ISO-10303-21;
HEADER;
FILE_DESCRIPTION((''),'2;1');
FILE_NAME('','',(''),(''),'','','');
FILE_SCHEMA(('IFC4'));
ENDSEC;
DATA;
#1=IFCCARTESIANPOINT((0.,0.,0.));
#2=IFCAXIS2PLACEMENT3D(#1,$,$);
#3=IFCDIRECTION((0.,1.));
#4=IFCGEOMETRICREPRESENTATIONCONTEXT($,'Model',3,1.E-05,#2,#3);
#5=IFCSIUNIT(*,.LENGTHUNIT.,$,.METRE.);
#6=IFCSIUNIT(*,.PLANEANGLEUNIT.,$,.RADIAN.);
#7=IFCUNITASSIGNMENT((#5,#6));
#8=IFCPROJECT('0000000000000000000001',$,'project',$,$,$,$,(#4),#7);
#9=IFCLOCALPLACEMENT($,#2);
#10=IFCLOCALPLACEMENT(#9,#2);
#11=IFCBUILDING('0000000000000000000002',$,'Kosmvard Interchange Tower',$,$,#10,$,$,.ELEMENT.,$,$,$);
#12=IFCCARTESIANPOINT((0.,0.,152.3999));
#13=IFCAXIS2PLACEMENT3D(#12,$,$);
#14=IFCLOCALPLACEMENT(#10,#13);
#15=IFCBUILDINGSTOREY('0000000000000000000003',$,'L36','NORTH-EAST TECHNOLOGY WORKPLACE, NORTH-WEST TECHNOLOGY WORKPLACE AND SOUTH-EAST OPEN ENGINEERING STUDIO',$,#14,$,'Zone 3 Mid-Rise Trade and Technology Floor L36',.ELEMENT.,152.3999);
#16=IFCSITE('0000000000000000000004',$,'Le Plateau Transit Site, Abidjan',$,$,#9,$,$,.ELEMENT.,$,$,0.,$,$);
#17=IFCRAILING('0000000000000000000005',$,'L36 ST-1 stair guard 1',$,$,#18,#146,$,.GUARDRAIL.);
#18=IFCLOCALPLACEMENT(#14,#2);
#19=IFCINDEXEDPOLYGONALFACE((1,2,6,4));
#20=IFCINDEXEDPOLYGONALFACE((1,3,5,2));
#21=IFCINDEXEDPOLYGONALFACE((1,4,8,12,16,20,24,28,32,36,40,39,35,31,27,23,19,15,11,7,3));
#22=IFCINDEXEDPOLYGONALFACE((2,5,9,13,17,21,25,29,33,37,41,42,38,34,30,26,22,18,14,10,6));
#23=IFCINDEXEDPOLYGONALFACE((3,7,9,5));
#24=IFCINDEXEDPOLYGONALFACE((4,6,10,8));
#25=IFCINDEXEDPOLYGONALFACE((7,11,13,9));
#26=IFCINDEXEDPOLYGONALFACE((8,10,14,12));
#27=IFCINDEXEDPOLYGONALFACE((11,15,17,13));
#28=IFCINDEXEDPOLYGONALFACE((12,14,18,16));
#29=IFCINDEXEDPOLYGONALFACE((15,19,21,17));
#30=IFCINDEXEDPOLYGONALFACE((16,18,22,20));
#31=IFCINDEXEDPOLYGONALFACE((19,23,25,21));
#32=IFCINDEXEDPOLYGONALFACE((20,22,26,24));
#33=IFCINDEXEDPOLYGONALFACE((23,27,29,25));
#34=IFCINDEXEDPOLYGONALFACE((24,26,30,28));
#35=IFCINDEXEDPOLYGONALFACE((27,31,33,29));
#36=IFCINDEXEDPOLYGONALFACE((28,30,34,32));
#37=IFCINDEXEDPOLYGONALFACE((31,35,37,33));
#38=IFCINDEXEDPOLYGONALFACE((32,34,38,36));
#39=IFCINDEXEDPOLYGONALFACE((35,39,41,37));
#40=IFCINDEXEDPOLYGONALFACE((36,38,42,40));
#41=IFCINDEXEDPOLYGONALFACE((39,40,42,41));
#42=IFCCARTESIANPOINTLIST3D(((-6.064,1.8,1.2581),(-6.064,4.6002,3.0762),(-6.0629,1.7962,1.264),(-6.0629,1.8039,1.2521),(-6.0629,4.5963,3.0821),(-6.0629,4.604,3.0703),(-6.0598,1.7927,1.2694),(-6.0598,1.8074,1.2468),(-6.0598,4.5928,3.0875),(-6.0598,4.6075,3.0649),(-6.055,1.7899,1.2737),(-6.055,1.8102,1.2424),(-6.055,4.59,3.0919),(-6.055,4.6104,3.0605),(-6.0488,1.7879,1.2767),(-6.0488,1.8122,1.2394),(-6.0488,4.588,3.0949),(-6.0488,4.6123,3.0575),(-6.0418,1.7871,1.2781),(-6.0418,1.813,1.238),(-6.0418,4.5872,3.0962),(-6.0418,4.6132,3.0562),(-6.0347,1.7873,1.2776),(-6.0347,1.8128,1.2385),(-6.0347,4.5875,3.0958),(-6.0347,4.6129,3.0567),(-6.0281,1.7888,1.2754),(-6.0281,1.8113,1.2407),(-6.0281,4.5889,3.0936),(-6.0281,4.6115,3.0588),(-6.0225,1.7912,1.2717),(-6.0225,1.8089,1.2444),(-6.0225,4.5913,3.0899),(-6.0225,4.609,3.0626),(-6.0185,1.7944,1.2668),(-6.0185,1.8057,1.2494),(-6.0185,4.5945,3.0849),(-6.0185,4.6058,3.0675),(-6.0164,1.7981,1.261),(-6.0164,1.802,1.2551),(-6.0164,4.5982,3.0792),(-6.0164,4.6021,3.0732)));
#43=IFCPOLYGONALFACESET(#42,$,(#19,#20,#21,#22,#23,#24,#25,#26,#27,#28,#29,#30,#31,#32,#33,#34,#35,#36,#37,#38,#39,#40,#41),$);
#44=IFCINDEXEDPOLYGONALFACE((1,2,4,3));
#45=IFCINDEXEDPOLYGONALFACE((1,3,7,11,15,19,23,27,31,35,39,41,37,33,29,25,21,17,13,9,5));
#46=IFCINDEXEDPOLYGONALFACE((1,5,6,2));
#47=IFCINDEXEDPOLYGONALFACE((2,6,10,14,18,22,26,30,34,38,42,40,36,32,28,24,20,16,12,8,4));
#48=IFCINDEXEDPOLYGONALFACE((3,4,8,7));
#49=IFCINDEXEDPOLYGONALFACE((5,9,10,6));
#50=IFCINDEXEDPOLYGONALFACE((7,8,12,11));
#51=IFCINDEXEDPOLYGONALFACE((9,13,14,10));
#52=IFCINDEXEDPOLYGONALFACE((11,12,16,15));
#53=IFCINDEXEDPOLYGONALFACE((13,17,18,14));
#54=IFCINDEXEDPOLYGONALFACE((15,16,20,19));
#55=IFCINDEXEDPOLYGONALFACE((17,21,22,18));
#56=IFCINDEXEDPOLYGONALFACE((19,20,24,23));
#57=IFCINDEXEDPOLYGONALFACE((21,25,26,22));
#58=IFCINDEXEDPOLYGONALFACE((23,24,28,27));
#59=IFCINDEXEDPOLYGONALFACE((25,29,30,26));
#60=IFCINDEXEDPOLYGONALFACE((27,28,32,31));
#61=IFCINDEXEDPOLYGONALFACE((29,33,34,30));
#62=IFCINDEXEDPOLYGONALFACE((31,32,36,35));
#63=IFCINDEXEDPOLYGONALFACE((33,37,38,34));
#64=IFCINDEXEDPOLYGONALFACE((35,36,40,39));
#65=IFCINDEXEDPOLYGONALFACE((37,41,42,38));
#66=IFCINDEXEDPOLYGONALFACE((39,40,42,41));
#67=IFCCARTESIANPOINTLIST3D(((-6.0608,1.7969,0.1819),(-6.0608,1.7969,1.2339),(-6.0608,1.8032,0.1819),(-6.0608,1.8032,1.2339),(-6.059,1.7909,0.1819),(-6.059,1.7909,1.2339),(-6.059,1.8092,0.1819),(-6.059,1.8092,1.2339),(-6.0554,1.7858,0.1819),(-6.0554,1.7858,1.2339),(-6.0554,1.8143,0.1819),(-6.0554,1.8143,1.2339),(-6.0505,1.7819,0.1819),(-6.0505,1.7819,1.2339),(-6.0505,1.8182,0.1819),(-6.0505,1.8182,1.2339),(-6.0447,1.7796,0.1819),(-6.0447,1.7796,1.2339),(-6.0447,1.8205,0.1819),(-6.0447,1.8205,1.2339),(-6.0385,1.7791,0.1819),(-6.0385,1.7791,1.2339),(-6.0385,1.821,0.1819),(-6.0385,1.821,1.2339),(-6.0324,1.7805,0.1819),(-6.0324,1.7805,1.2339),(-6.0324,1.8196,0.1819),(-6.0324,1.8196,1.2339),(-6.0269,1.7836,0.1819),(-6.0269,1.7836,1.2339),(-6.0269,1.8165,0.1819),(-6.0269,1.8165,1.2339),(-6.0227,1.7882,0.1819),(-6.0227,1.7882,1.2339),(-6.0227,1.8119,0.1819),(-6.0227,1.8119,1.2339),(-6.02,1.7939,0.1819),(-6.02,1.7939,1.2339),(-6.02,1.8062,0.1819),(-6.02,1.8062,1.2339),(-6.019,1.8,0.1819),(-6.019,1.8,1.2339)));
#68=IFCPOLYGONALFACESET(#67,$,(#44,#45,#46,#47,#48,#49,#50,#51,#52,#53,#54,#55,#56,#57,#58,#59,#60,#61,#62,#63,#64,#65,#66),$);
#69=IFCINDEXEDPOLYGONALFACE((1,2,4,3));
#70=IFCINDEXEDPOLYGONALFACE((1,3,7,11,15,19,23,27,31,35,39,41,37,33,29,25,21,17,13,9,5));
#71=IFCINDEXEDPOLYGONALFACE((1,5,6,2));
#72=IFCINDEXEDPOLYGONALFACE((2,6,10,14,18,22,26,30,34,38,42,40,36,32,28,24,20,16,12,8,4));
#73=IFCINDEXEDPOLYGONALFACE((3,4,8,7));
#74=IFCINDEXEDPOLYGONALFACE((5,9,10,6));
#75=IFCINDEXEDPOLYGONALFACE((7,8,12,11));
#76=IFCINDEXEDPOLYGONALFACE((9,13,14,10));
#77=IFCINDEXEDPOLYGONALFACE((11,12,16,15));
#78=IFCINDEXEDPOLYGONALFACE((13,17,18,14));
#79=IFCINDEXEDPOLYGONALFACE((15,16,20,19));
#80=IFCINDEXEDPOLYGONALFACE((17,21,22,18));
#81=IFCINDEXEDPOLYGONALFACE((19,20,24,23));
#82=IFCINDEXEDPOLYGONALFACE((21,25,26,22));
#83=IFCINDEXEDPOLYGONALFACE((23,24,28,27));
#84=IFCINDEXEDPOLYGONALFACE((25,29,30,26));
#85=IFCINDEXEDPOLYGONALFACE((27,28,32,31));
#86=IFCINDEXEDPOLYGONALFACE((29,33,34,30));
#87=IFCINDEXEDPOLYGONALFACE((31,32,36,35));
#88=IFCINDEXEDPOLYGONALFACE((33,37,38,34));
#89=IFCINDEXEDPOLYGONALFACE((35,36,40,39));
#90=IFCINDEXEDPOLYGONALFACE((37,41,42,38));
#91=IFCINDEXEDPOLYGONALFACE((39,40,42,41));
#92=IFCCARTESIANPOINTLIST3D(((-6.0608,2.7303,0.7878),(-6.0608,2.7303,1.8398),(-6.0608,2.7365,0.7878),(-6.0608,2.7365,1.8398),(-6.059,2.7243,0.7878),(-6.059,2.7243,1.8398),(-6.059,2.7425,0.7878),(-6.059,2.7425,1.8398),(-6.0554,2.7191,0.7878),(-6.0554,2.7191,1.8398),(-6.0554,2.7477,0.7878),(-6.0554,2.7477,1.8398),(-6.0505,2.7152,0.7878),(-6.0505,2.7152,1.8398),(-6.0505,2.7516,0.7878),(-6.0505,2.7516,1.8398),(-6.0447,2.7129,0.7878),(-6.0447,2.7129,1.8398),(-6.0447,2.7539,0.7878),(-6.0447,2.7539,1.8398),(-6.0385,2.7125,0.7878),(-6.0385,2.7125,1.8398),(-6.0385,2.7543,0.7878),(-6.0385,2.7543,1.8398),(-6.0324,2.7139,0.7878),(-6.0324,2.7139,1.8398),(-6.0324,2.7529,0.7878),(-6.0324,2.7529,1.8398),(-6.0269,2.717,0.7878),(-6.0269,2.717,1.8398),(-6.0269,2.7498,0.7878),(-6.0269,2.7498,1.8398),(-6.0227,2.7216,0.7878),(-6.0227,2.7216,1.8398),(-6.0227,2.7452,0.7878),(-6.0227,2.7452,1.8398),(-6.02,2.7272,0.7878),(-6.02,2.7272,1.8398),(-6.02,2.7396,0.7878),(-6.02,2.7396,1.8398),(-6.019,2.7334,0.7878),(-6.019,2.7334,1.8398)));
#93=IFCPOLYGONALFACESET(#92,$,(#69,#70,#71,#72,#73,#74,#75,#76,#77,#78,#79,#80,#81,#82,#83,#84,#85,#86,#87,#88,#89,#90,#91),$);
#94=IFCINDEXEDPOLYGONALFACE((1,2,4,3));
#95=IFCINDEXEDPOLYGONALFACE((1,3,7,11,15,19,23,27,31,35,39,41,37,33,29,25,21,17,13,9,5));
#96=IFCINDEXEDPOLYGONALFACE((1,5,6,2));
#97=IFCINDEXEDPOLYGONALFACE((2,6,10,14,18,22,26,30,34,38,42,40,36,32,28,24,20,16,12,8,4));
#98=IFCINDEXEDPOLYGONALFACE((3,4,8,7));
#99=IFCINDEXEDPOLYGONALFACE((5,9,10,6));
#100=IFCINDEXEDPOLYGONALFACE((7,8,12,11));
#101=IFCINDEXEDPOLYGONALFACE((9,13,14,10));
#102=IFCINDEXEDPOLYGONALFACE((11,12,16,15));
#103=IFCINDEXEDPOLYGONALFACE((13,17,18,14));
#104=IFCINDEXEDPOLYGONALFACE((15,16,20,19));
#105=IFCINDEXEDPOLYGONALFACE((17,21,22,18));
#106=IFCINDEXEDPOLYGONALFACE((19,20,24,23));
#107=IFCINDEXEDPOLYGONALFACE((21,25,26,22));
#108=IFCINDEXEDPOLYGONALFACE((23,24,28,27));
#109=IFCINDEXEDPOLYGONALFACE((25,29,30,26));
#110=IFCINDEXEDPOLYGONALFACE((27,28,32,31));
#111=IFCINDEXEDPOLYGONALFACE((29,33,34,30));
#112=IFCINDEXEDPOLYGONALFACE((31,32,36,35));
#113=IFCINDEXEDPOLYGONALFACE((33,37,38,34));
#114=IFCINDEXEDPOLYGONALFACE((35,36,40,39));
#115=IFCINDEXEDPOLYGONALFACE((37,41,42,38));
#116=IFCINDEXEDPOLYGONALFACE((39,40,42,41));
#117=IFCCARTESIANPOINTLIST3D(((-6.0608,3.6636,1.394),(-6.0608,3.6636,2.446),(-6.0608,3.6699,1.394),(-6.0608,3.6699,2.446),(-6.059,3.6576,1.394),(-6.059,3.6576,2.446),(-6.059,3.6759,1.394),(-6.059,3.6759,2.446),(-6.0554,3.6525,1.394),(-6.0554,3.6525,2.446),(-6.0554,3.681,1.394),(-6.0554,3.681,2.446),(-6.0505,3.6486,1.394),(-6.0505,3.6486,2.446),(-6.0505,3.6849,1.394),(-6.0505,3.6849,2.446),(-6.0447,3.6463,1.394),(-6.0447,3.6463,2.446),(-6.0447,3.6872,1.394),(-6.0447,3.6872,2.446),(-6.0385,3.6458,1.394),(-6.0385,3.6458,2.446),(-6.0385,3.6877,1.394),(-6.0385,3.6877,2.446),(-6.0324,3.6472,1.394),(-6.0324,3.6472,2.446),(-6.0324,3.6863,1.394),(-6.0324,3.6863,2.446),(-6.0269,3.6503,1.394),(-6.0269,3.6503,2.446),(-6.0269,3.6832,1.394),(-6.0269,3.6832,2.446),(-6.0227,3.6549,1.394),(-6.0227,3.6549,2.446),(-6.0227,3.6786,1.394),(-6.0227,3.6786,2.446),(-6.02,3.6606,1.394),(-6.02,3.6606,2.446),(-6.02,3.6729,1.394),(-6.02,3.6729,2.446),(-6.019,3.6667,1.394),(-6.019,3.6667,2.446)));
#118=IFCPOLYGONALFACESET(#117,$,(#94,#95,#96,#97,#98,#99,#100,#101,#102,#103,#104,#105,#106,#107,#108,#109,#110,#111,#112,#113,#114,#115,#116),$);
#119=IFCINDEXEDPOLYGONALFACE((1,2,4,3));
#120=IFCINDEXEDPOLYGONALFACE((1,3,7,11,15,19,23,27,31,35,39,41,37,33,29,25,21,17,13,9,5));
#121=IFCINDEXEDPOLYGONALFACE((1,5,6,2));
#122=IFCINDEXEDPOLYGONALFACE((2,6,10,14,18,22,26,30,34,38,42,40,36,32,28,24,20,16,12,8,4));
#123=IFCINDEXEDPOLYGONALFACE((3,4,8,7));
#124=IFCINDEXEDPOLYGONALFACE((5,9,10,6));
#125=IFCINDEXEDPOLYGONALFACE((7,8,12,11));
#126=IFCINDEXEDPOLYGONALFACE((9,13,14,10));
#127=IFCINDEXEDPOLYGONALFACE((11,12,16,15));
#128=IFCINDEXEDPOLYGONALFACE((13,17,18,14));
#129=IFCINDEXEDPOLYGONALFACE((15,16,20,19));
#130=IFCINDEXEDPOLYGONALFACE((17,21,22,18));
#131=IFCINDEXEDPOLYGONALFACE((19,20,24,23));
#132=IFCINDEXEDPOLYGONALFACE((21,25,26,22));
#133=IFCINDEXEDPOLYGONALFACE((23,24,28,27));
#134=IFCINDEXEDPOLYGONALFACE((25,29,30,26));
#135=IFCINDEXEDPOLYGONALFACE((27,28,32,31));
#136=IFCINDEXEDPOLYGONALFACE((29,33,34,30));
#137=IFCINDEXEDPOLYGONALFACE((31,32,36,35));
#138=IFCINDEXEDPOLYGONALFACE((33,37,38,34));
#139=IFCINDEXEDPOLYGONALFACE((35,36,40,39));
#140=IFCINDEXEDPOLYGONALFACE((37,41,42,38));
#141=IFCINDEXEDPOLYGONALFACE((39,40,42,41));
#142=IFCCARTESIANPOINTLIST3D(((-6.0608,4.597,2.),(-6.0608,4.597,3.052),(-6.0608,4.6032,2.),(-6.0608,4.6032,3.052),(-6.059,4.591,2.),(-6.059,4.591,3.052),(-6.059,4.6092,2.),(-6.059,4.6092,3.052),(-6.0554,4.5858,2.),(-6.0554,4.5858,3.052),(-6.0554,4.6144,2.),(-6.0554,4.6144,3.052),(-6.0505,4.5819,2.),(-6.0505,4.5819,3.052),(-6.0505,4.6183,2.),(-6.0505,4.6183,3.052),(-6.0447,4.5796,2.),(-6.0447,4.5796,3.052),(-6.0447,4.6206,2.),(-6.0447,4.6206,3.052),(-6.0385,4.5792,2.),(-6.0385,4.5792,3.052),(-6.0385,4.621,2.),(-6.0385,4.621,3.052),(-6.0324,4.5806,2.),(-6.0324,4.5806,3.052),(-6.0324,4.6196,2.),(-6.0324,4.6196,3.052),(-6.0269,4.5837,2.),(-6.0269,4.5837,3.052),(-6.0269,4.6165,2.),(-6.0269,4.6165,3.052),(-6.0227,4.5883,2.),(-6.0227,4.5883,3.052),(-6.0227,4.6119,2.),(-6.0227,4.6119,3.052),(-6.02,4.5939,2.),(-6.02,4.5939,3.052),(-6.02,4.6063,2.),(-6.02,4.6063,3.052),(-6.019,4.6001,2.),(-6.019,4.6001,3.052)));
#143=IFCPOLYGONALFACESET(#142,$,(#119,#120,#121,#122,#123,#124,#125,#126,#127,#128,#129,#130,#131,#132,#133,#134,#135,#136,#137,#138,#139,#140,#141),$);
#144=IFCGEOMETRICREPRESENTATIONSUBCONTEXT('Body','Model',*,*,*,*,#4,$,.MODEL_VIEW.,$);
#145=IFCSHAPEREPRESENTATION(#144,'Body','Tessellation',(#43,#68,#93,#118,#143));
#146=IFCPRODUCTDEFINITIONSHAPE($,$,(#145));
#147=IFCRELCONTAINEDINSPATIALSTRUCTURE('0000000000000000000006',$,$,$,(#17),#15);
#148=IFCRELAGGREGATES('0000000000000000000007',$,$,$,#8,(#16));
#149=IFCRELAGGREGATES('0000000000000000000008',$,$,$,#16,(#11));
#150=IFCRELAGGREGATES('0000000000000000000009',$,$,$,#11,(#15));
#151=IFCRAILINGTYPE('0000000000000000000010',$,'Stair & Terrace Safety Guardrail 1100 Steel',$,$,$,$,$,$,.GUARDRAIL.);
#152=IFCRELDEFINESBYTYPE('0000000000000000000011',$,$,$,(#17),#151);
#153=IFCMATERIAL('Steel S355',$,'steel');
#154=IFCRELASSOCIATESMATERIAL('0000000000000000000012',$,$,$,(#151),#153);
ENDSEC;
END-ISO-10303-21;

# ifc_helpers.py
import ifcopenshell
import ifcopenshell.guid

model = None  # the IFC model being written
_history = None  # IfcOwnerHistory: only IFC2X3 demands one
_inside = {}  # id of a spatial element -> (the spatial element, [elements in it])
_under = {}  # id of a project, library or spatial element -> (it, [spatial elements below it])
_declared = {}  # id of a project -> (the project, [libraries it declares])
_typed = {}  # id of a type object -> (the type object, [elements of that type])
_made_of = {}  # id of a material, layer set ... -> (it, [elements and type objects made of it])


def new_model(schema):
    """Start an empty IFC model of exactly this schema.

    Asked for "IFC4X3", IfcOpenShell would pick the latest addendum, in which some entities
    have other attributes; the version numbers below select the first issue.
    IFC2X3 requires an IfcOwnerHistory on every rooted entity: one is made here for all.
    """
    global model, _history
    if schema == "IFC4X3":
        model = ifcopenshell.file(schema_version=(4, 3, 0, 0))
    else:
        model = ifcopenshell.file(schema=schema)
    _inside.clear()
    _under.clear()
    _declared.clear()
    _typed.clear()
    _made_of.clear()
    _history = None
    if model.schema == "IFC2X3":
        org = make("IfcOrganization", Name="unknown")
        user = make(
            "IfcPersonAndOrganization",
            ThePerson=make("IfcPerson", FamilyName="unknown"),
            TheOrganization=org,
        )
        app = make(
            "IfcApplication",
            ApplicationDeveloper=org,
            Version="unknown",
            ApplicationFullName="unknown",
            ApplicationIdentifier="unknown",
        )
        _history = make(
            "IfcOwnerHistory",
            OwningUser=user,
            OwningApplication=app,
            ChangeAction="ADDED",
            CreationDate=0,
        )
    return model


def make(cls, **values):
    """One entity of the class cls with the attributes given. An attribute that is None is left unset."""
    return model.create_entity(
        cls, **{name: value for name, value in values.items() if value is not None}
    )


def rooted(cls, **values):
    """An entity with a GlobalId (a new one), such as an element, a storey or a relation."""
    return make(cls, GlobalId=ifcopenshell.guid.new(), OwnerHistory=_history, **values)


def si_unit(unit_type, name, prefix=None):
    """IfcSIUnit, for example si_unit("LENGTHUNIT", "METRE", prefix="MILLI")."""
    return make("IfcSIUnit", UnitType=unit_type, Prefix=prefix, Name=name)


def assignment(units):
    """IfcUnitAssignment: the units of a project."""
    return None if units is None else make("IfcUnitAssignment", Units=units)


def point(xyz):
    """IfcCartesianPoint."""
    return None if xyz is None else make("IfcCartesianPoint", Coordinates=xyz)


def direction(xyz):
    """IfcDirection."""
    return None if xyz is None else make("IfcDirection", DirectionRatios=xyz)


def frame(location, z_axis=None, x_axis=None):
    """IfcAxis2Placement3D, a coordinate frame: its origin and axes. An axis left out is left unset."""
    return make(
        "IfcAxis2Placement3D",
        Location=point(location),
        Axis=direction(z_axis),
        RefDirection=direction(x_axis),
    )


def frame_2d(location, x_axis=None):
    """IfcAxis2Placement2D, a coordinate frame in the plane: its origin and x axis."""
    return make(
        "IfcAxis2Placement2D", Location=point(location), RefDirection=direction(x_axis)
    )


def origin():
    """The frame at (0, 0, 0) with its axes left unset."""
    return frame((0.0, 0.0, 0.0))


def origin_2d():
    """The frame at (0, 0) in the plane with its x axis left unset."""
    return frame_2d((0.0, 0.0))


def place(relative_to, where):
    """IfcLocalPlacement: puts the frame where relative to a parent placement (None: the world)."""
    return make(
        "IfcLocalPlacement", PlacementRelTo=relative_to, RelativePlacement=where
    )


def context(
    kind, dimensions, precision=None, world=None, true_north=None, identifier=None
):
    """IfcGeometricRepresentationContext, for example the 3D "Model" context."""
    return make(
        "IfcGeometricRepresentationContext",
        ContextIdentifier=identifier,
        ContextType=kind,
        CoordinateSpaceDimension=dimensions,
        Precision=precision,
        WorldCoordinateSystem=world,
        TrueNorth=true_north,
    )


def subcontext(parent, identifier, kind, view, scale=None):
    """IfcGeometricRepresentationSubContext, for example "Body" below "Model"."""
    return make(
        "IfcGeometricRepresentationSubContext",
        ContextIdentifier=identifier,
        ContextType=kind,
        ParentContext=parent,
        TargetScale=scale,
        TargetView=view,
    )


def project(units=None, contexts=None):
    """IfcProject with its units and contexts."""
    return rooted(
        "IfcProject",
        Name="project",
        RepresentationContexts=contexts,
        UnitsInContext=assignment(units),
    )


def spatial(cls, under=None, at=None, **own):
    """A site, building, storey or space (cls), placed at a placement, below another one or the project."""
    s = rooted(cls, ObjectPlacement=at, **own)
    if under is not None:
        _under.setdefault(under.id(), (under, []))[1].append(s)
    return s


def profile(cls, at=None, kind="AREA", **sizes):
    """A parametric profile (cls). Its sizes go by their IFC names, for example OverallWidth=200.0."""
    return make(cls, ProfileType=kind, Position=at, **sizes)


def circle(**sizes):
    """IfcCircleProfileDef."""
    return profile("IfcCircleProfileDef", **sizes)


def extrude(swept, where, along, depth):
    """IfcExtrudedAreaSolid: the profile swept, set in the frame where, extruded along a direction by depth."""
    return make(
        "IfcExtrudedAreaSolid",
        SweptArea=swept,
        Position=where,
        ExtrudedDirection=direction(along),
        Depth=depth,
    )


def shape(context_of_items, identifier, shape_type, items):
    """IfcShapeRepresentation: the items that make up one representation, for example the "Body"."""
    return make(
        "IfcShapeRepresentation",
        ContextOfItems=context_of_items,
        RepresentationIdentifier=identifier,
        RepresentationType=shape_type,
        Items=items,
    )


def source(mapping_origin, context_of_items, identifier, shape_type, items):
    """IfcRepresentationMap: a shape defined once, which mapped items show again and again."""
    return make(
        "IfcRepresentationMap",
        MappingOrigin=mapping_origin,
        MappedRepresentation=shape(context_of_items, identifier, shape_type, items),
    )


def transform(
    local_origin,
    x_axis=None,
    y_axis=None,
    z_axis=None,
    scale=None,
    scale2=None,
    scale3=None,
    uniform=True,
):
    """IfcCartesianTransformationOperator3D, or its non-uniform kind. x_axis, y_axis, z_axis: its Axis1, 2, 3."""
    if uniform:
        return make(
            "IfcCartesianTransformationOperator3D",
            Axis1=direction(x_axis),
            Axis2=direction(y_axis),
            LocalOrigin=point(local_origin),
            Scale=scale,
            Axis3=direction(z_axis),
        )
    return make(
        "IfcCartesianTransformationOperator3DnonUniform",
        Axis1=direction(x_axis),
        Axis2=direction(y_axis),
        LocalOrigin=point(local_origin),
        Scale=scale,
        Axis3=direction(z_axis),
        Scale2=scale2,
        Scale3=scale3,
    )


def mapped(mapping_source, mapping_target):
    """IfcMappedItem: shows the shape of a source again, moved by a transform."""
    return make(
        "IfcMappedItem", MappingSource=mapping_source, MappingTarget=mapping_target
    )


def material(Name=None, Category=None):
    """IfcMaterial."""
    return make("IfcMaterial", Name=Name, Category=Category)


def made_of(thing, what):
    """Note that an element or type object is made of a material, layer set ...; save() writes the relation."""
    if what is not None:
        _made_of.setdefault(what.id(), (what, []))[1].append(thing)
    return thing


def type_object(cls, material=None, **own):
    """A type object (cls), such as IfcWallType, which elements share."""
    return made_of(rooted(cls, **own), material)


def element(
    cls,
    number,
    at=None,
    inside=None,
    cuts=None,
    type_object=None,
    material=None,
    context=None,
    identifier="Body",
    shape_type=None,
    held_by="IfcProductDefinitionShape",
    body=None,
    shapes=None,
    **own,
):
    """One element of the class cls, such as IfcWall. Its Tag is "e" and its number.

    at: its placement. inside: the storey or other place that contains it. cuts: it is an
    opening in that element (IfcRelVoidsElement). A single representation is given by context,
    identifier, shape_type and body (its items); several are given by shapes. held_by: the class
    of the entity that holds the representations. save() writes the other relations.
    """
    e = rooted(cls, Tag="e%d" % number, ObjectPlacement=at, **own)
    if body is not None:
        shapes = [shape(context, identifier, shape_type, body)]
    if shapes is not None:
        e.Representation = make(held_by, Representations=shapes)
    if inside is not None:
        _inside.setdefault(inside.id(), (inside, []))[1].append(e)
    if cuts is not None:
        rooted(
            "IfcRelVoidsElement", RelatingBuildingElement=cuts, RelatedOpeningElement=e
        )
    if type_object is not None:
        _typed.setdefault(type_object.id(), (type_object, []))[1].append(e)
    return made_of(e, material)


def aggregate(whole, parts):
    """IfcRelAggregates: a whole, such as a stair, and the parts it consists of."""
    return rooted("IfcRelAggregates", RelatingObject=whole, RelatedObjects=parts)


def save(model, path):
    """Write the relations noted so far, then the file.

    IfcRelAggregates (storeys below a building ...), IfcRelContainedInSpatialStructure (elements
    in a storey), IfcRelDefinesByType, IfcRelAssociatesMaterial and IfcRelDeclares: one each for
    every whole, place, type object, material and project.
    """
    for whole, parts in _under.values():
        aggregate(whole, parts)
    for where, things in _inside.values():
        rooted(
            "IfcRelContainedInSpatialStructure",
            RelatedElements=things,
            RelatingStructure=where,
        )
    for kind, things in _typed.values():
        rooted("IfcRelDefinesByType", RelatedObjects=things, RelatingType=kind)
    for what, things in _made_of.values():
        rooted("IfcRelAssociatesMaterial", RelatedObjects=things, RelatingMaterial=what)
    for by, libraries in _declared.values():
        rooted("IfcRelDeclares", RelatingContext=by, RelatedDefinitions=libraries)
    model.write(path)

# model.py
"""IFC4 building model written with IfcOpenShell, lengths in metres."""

from ifc_helpers import new_model, si_unit, direction, frame, origin, origin_2d, place, context, subcontext, project, spatial, circle, extrude, source, transform, mapped, material, type_object, element, save


model = new_model("IFC4")

# Units and contexts
model_context = context("Model", 3, precision=1e-05, world=origin(), true_north=direction((0.0, 1.0)))
body_context = subcontext(model_context, "Body", "Model", "MODEL_VIEW")
ifc_project = project(units=[si_unit("LENGTHUNIT", "METRE"), si_unit("PLANEANGLEUNIT", "RADIAN")], contexts=[model_context])

# Site, building, storey
site_placement = place(None, origin())
site = spatial("IfcSite", under=ifc_project, at=site_placement, Name="Le Plateau Transit Site, Abidjan", CompositionType="ELEMENT", RefElevation=0.0)
building_placement = place(site_placement, origin())
building = spatial("IfcBuilding", under=site, at=building_placement, Name="Kosmvard Interchange Tower", CompositionType="ELEMENT")
storey_placement = place(building_placement, frame((0.0, 0.0, 152.3999)))
storey = spatial("IfcBuildingStorey", under=building, at=storey_placement, Name="L36", Description="NORTH-EAST TECHNOLOGY WORKPLACE, NORTH-WEST TECHNOLOGY WORKPLACE AND SOUTH-EAST OPEN ENGINEERING STUDIO", LongName="Zone 3 Mid-Rise Trade and Technology Floor L36", CompositionType="ELEMENT", Elevation=152.3999)

# Shared definitions
ifc_material_1 = material(Name="Steel S355", Category="steel")

# Railing
railing_type_1 = type_object("IfcRailingType", Name="Stair & Terrace Safety Guardrail 1100 Steel", PredefinedType="GUARDRAIL", material=ifc_material_1)
shared_shape_1 = source(origin(), body_context, "Body", "SweptSolid", [
    extrude(circle(Radius=0.0239, at=origin_2d()), frame((0.0, 0.0, 1.0762), z_axis=(0.0, 0.838706, 0.544585), x_axis=(-1.0, 0.0, 0.0)), (0.0, 0.0, 1.0), 3.3386),
    extrude(circle(Radius=0.021, at=origin_2d()), origin(), (0.0, 0.0, 1.0), 1.052),
    extrude(circle(Radius=0.021, at=origin_2d()), frame((0.0, 0.9333, 0.606)), (0.0, 0.0, 1.0), 1.052),
    extrude(circle(Radius=0.021, at=origin_2d()), frame((0.0, 1.8667, 1.2122)), (0.0, 0.0, 1.0), 1.052),
    extrude(circle(Radius=0.021, at=origin_2d()), frame((0.0, 2.8, 1.8181)), (0.0, 0.0, 1.0), 1.052),
])
railing_1_placement = place(storey_placement, frame((-6.04, 1.8, 0.1819)))
element("IfcRailing", 1, at=railing_1_placement, inside=storey, type_object=railing_type_1, Name="L36 ST-1 stair guard 1", PredefinedType="GUARDRAIL", context=body_context, shape_type="MappedRepresentation", body=[
    mapped(shared_shape_1, transform((0.0, 0.0, 0.0), scale=1.0)),
])

save(model, "model.ifc")
